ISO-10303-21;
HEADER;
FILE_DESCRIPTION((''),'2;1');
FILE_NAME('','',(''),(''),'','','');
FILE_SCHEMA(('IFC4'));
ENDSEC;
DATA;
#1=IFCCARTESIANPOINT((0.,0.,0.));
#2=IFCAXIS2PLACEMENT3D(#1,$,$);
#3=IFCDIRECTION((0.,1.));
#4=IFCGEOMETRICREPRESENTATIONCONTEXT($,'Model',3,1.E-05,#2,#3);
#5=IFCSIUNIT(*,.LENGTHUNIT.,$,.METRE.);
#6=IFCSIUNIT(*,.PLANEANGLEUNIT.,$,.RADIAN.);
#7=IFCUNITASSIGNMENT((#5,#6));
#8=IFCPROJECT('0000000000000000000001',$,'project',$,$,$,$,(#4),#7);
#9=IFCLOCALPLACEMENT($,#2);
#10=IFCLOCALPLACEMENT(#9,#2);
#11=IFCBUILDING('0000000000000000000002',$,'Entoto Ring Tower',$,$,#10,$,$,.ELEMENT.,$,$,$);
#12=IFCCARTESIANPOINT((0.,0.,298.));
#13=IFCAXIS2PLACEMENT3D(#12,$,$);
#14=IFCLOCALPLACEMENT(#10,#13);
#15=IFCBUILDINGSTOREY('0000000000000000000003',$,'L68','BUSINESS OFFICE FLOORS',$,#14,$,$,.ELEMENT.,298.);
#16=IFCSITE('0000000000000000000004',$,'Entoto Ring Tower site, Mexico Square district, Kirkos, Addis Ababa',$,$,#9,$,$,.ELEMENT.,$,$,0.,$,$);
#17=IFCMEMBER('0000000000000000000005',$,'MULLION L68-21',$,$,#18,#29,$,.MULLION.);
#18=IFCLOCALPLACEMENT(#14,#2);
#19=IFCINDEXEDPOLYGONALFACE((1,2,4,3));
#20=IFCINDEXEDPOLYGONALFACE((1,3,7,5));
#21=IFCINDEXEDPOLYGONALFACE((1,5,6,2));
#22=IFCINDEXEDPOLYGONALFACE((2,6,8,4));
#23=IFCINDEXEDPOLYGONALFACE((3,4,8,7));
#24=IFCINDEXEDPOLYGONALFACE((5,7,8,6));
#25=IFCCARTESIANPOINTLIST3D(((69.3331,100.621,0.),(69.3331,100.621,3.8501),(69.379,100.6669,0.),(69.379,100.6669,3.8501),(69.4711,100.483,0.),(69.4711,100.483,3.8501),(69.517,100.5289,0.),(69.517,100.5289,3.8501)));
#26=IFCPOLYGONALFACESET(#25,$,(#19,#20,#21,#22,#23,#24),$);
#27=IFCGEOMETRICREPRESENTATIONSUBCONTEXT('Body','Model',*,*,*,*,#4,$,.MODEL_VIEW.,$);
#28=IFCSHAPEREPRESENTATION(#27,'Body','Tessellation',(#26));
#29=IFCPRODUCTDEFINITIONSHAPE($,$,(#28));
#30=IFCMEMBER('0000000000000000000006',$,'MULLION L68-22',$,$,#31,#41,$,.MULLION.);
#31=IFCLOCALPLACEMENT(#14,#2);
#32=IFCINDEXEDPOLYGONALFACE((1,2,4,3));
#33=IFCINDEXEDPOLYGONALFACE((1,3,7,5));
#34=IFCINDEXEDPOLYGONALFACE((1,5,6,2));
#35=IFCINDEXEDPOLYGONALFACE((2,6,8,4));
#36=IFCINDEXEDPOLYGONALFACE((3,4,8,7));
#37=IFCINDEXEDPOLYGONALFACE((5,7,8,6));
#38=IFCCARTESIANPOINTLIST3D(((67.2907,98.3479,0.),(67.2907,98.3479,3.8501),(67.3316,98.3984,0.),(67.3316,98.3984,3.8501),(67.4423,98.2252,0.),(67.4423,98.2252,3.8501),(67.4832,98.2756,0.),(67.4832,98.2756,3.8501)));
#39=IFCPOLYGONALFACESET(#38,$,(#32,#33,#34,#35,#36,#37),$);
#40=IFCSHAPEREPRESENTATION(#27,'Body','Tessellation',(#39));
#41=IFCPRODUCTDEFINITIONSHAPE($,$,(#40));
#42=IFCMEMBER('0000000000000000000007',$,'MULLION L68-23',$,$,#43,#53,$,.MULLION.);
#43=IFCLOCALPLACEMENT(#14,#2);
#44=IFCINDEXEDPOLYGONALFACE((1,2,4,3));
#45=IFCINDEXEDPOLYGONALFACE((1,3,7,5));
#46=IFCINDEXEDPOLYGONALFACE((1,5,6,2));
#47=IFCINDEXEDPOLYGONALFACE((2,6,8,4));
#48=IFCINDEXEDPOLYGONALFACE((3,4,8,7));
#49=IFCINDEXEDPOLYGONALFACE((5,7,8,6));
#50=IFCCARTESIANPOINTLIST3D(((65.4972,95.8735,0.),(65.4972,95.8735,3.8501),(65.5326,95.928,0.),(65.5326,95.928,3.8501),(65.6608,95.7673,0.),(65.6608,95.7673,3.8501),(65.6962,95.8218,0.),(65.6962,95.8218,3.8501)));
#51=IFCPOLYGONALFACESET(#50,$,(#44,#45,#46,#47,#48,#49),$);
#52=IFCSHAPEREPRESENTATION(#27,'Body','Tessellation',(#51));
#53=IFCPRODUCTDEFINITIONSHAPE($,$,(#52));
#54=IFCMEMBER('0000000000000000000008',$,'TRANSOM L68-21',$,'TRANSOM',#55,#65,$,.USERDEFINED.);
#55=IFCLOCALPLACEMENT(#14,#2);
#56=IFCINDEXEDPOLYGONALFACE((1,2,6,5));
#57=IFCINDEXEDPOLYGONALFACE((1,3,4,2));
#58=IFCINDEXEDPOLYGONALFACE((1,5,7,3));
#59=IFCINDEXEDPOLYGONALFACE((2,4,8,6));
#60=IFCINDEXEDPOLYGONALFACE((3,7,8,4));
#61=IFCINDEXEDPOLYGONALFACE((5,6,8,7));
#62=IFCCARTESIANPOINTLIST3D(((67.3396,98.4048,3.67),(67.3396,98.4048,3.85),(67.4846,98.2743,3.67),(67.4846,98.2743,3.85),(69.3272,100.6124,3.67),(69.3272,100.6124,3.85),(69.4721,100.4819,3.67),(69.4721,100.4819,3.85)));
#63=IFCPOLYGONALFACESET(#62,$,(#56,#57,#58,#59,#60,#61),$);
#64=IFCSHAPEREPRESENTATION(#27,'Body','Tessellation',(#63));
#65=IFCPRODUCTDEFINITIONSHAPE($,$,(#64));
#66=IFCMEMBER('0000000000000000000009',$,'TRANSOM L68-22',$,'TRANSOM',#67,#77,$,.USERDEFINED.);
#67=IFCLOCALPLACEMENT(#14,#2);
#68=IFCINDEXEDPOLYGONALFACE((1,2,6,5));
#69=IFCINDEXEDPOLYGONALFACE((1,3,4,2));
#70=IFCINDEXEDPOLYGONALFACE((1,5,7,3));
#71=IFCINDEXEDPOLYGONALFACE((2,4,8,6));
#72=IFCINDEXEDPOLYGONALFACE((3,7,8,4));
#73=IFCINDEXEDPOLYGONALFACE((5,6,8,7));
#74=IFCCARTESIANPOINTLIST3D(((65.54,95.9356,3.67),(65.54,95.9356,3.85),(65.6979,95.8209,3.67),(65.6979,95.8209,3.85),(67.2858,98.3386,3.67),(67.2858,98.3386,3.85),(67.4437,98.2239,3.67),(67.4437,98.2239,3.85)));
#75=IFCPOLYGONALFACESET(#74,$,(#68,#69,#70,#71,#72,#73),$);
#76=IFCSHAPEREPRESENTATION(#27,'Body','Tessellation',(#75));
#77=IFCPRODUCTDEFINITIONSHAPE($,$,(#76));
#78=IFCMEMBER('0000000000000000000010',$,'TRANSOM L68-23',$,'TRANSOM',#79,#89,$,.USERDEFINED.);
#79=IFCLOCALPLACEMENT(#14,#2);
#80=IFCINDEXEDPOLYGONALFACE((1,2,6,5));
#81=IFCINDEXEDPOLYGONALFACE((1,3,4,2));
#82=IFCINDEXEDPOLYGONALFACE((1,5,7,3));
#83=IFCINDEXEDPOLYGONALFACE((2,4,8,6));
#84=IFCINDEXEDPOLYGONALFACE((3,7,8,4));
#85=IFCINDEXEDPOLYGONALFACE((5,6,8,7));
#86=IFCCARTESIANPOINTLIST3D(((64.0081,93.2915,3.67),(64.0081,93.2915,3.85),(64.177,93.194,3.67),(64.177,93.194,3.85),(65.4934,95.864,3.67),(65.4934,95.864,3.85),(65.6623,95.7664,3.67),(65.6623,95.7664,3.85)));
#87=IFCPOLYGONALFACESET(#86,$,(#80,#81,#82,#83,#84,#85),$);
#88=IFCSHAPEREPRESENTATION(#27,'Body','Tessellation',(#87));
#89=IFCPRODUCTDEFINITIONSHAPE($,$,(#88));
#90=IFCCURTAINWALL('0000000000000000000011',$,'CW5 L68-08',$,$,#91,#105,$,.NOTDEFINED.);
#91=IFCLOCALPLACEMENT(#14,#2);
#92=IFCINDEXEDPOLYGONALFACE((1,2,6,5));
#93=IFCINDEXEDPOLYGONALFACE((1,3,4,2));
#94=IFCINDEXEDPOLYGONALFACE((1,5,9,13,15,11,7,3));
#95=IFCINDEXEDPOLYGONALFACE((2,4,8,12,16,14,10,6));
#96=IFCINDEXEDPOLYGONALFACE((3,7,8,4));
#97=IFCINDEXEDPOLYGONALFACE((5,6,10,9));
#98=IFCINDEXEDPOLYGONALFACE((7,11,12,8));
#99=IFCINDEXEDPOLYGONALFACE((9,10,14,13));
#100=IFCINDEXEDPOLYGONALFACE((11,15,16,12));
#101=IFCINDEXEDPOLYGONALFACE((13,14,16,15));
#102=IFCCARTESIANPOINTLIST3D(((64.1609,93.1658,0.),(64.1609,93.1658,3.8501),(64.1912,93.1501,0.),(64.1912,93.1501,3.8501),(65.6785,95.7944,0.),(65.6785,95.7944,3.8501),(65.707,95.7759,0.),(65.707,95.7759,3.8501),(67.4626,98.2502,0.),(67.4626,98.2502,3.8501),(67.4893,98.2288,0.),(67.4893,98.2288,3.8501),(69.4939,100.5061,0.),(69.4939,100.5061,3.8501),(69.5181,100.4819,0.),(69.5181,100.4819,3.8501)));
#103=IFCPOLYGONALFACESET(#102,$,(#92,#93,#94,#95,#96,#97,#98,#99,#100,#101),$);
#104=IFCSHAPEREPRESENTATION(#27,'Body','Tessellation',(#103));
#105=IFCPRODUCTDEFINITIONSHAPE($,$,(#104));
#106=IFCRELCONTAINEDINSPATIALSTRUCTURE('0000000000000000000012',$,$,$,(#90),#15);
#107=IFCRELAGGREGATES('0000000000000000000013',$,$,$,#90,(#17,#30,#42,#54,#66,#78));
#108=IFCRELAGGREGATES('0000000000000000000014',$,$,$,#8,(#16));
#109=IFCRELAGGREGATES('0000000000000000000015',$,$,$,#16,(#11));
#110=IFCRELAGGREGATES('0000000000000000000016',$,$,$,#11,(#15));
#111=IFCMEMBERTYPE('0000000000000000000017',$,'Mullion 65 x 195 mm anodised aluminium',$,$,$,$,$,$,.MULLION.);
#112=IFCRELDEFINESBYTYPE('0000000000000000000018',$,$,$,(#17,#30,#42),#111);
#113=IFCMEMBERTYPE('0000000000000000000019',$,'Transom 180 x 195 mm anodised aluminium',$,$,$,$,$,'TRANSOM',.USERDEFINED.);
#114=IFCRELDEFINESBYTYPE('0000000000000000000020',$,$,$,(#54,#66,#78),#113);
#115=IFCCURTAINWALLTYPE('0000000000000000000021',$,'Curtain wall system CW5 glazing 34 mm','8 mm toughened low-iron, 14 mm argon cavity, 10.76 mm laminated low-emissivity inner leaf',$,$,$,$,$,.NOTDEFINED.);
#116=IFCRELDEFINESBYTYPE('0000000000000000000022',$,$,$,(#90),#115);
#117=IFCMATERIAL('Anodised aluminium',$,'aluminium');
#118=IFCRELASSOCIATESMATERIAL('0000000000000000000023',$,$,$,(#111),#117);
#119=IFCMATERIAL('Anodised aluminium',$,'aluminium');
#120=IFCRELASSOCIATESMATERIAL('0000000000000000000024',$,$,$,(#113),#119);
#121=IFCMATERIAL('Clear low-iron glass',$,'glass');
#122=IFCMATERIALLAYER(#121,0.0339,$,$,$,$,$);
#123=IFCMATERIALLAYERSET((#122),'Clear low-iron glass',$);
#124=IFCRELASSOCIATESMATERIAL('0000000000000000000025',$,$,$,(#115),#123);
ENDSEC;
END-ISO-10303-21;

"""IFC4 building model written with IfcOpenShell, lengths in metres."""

from ifc_helpers import new_model, si_unit, direction, frame, origin, origin_2d, place, context, subcontext, project, spatial, polyline, rectangle, outline, extrude, material, layer, layer_set, material_profile, profile_set, type_object, element, aggregate, save


model = new_model("IFC4")

# Units and contexts
model_context = context("Model", 3, precision=1e-05, world=origin(), true_north=direction((0.0, 1.0)))
body_context = subcontext(model_context, "Body", "Model", "MODEL_VIEW")
ifc_project = project(units=[si_unit("LENGTHUNIT", "METRE"), si_unit("PLANEANGLEUNIT", "RADIAN")], contexts=[model_context])

# Members
ifc_material_1 = material(Name="Anodised aluminium", Category="aluminium")
ifc_material_profile_1 = material_profile(ifc_material_1, rectangle(XDim=0.0649, YDim=0.1951, at=origin_2d()), Name="Mullion 65 x 195 mm anodised aluminium")
ifc_profile_set_1 = profile_set([ifc_material_profile_1], Name="Anodised aluminium")
member_type_1 = type_object("IfcMemberType", Name="Mullion 65 x 195 mm anodised aluminium", PredefinedType="MULLION", material=ifc_profile_set_1)
site_placement = place(None, origin())
building_placement = place(site_placement, origin())
storey_placement = place(building_placement, frame((0.0, 0.0, 298.0)))
member_1_placement = place(storey_placement, frame((69.425, 100.575, 0.0), z_axis=(0.0, 0.0, 1.0), x_axis=(-0.707107, -0.707107, 0.0)))
member_1 = element("IfcMember", 1, at=member_1_placement, type_object=member_type_1, Name="MULLION L68-21", PredefinedType="MULLION", context=body_context, shape_type="SweptSolid", body=[
    extrude(rectangle(XDim=0.0649, YDim=0.1951, at=origin_2d()), origin(), (0.0, 0.0, 1.0), 3.8501),
])
member_2_placement = place(storey_placement, frame((67.387, 98.3118, 0.0), z_axis=(0.0, 0.0, 1.0), x_axis=(-0.62932, -0.777146, 0.0)))
member_2 = element("IfcMember", 2, at=member_2_placement, type_object=member_type_1, Name="MULLION L68-22", PredefinedType="MULLION", context=body_context, shape_type="SweptSolid", body=[
    extrude(rectangle(XDim=0.0649, YDim=0.1951, at=origin_2d()), origin(), (0.0, 0.0, 1.0), 3.8501),
])
member_3_placement = place(storey_placement, frame((65.5967, 95.8477, 0.0), z_axis=(0.0, 0.0, 1.0), x_axis=(-0.544639, -0.838671, 0.0)))
member_3 = element("IfcMember", 3, at=member_3_placement, type_object=member_type_1, Name="MULLION L68-23", PredefinedType="MULLION", context=body_context, shape_type="SweptSolid", body=[
    extrude(rectangle(XDim=0.0649, YDim=0.1951, at=origin_2d()), origin(), (0.0, 0.0, 1.0), 3.8501),
])
ifc_material_2 = material(Name="Anodised aluminium", Category="aluminium")
ifc_material_profile_2 = material_profile(ifc_material_2, rectangle(XDim=0.1951, YDim=0.1799, at=origin_2d()), Name="Transom 180 x 195 mm anodised aluminium")
ifc_profile_set_2 = profile_set([ifc_material_profile_2], Name="Anodised aluminium")
member_type_2 = type_object("IfcMemberType", Name="Transom 180 x 195 mm anodised aluminium", ElementType="TRANSOM", PredefinedType="USERDEFINED", material=ifc_profile_set_2)
member_4_placement = place(storey_placement, frame((69.3997, 100.5471, 3.76), z_axis=(-0.66911, -0.743163, 0.0), x_axis=(0.743163, -0.66911, 0.0)))
member_4 = element("IfcMember", 4, at=member_4_placement, type_object=member_type_2, Name="TRANSOM L68-21", ObjectType="TRANSOM", PredefinedType="USERDEFINED", context=body_context, shape_type="SweptSolid", body=[
    extrude(rectangle(XDim=0.1951, YDim=0.1799, at=origin_2d()), origin(), (0.0, 0.0, 1.0), 2.9705),
])
member_5_placement = place(storey_placement, frame((67.3647, 98.2812, 3.76), z_axis=(-0.587766, -0.809031, 0.0), x_axis=(0.809031, -0.587766, 0.0)))
member_5 = element("IfcMember", 5, at=member_5_placement, type_object=member_type_2, Name="TRANSOM L68-22", ObjectType="TRANSOM", PredefinedType="USERDEFINED", context=body_context, shape_type="SweptSolid", body=[
    extrude(rectangle(XDim=0.1951, YDim=0.1799, at=origin_2d()), origin(), (0.0, 0.0, 1.0), 2.9702),
])
member_6_placement = place(storey_placement, frame((65.5779, 95.8152, 3.76), z_axis=(-0.500028, -0.866009, 0.0), x_axis=(0.866009, -0.500028, 0.0)))
member_6 = element("IfcMember", 6, at=member_6_placement, type_object=member_type_2, Name="TRANSOM L68-23", ObjectType="TRANSOM", PredefinedType="USERDEFINED", context=body_context, shape_type="SweptSolid", body=[
    extrude(rectangle(XDim=0.1951, YDim=0.1799, at=origin_2d()), origin(), (0.0, 0.0, 1.0), 2.9705),
])

# Site, building, storey
site = spatial("IfcSite", under=ifc_project, at=site_placement, Name="Entoto Ring Tower site, Mexico Square district, Kirkos, Addis Ababa", CompositionType="ELEMENT", RefElevation=0.0)
building = spatial("IfcBuilding", under=site, at=building_placement, Name="Entoto Ring Tower", CompositionType="ELEMENT")
storey = spatial("IfcBuildingStorey", under=building, at=storey_placement, Name="L68", Description="BUSINESS OFFICE FLOORS", CompositionType="ELEMENT", Elevation=298.0)

# Curtain wall
ifc_material_3 = material(Name="Clear low-iron glass", Category="glass")
ifc_layer = layer(ifc_material_3, 0.0339)
ifc_layer_set = layer_set([ifc_layer], Name="Clear low-iron glass")
curtain_wall_type = type_object("IfcCurtainWallType", Name="Curtain wall system CW5 glazing 34 mm", Description="8 mm toughened low-iron, 14 mm argon cavity, 10.76 mm laminated low-emissivity inner leaf", PredefinedType="NOTDEFINED", material=ifc_layer_set)
curtain_wall_1_placement = place(storey_placement, origin())
curtain_wall_1 = element("IfcCurtainWall", 7, at=curtain_wall_1_placement, inside=storey, type_object=curtain_wall_type, Name="CW5 L68-08", PredefinedType="NOTDEFINED", context=body_context, shape_type="SweptSolid", body=[
    extrude(outline(polyline([(69.4939, 100.5061), (67.4626, 98.2502), (65.6785, 95.7944), (64.1609, 93.1658), (64.1912, 93.1501), (65.707, 95.7759), (67.4893, 98.2288), (69.5181, 100.4819), (69.4939, 100.5061)])), origin(), (0.0, 0.0, 1.0), 3.8501),
])
aggregate(curtain_wall_1, [member_1, member_2, member_3, member_4, member_5, member_6])

save(model, "model.ifc")
